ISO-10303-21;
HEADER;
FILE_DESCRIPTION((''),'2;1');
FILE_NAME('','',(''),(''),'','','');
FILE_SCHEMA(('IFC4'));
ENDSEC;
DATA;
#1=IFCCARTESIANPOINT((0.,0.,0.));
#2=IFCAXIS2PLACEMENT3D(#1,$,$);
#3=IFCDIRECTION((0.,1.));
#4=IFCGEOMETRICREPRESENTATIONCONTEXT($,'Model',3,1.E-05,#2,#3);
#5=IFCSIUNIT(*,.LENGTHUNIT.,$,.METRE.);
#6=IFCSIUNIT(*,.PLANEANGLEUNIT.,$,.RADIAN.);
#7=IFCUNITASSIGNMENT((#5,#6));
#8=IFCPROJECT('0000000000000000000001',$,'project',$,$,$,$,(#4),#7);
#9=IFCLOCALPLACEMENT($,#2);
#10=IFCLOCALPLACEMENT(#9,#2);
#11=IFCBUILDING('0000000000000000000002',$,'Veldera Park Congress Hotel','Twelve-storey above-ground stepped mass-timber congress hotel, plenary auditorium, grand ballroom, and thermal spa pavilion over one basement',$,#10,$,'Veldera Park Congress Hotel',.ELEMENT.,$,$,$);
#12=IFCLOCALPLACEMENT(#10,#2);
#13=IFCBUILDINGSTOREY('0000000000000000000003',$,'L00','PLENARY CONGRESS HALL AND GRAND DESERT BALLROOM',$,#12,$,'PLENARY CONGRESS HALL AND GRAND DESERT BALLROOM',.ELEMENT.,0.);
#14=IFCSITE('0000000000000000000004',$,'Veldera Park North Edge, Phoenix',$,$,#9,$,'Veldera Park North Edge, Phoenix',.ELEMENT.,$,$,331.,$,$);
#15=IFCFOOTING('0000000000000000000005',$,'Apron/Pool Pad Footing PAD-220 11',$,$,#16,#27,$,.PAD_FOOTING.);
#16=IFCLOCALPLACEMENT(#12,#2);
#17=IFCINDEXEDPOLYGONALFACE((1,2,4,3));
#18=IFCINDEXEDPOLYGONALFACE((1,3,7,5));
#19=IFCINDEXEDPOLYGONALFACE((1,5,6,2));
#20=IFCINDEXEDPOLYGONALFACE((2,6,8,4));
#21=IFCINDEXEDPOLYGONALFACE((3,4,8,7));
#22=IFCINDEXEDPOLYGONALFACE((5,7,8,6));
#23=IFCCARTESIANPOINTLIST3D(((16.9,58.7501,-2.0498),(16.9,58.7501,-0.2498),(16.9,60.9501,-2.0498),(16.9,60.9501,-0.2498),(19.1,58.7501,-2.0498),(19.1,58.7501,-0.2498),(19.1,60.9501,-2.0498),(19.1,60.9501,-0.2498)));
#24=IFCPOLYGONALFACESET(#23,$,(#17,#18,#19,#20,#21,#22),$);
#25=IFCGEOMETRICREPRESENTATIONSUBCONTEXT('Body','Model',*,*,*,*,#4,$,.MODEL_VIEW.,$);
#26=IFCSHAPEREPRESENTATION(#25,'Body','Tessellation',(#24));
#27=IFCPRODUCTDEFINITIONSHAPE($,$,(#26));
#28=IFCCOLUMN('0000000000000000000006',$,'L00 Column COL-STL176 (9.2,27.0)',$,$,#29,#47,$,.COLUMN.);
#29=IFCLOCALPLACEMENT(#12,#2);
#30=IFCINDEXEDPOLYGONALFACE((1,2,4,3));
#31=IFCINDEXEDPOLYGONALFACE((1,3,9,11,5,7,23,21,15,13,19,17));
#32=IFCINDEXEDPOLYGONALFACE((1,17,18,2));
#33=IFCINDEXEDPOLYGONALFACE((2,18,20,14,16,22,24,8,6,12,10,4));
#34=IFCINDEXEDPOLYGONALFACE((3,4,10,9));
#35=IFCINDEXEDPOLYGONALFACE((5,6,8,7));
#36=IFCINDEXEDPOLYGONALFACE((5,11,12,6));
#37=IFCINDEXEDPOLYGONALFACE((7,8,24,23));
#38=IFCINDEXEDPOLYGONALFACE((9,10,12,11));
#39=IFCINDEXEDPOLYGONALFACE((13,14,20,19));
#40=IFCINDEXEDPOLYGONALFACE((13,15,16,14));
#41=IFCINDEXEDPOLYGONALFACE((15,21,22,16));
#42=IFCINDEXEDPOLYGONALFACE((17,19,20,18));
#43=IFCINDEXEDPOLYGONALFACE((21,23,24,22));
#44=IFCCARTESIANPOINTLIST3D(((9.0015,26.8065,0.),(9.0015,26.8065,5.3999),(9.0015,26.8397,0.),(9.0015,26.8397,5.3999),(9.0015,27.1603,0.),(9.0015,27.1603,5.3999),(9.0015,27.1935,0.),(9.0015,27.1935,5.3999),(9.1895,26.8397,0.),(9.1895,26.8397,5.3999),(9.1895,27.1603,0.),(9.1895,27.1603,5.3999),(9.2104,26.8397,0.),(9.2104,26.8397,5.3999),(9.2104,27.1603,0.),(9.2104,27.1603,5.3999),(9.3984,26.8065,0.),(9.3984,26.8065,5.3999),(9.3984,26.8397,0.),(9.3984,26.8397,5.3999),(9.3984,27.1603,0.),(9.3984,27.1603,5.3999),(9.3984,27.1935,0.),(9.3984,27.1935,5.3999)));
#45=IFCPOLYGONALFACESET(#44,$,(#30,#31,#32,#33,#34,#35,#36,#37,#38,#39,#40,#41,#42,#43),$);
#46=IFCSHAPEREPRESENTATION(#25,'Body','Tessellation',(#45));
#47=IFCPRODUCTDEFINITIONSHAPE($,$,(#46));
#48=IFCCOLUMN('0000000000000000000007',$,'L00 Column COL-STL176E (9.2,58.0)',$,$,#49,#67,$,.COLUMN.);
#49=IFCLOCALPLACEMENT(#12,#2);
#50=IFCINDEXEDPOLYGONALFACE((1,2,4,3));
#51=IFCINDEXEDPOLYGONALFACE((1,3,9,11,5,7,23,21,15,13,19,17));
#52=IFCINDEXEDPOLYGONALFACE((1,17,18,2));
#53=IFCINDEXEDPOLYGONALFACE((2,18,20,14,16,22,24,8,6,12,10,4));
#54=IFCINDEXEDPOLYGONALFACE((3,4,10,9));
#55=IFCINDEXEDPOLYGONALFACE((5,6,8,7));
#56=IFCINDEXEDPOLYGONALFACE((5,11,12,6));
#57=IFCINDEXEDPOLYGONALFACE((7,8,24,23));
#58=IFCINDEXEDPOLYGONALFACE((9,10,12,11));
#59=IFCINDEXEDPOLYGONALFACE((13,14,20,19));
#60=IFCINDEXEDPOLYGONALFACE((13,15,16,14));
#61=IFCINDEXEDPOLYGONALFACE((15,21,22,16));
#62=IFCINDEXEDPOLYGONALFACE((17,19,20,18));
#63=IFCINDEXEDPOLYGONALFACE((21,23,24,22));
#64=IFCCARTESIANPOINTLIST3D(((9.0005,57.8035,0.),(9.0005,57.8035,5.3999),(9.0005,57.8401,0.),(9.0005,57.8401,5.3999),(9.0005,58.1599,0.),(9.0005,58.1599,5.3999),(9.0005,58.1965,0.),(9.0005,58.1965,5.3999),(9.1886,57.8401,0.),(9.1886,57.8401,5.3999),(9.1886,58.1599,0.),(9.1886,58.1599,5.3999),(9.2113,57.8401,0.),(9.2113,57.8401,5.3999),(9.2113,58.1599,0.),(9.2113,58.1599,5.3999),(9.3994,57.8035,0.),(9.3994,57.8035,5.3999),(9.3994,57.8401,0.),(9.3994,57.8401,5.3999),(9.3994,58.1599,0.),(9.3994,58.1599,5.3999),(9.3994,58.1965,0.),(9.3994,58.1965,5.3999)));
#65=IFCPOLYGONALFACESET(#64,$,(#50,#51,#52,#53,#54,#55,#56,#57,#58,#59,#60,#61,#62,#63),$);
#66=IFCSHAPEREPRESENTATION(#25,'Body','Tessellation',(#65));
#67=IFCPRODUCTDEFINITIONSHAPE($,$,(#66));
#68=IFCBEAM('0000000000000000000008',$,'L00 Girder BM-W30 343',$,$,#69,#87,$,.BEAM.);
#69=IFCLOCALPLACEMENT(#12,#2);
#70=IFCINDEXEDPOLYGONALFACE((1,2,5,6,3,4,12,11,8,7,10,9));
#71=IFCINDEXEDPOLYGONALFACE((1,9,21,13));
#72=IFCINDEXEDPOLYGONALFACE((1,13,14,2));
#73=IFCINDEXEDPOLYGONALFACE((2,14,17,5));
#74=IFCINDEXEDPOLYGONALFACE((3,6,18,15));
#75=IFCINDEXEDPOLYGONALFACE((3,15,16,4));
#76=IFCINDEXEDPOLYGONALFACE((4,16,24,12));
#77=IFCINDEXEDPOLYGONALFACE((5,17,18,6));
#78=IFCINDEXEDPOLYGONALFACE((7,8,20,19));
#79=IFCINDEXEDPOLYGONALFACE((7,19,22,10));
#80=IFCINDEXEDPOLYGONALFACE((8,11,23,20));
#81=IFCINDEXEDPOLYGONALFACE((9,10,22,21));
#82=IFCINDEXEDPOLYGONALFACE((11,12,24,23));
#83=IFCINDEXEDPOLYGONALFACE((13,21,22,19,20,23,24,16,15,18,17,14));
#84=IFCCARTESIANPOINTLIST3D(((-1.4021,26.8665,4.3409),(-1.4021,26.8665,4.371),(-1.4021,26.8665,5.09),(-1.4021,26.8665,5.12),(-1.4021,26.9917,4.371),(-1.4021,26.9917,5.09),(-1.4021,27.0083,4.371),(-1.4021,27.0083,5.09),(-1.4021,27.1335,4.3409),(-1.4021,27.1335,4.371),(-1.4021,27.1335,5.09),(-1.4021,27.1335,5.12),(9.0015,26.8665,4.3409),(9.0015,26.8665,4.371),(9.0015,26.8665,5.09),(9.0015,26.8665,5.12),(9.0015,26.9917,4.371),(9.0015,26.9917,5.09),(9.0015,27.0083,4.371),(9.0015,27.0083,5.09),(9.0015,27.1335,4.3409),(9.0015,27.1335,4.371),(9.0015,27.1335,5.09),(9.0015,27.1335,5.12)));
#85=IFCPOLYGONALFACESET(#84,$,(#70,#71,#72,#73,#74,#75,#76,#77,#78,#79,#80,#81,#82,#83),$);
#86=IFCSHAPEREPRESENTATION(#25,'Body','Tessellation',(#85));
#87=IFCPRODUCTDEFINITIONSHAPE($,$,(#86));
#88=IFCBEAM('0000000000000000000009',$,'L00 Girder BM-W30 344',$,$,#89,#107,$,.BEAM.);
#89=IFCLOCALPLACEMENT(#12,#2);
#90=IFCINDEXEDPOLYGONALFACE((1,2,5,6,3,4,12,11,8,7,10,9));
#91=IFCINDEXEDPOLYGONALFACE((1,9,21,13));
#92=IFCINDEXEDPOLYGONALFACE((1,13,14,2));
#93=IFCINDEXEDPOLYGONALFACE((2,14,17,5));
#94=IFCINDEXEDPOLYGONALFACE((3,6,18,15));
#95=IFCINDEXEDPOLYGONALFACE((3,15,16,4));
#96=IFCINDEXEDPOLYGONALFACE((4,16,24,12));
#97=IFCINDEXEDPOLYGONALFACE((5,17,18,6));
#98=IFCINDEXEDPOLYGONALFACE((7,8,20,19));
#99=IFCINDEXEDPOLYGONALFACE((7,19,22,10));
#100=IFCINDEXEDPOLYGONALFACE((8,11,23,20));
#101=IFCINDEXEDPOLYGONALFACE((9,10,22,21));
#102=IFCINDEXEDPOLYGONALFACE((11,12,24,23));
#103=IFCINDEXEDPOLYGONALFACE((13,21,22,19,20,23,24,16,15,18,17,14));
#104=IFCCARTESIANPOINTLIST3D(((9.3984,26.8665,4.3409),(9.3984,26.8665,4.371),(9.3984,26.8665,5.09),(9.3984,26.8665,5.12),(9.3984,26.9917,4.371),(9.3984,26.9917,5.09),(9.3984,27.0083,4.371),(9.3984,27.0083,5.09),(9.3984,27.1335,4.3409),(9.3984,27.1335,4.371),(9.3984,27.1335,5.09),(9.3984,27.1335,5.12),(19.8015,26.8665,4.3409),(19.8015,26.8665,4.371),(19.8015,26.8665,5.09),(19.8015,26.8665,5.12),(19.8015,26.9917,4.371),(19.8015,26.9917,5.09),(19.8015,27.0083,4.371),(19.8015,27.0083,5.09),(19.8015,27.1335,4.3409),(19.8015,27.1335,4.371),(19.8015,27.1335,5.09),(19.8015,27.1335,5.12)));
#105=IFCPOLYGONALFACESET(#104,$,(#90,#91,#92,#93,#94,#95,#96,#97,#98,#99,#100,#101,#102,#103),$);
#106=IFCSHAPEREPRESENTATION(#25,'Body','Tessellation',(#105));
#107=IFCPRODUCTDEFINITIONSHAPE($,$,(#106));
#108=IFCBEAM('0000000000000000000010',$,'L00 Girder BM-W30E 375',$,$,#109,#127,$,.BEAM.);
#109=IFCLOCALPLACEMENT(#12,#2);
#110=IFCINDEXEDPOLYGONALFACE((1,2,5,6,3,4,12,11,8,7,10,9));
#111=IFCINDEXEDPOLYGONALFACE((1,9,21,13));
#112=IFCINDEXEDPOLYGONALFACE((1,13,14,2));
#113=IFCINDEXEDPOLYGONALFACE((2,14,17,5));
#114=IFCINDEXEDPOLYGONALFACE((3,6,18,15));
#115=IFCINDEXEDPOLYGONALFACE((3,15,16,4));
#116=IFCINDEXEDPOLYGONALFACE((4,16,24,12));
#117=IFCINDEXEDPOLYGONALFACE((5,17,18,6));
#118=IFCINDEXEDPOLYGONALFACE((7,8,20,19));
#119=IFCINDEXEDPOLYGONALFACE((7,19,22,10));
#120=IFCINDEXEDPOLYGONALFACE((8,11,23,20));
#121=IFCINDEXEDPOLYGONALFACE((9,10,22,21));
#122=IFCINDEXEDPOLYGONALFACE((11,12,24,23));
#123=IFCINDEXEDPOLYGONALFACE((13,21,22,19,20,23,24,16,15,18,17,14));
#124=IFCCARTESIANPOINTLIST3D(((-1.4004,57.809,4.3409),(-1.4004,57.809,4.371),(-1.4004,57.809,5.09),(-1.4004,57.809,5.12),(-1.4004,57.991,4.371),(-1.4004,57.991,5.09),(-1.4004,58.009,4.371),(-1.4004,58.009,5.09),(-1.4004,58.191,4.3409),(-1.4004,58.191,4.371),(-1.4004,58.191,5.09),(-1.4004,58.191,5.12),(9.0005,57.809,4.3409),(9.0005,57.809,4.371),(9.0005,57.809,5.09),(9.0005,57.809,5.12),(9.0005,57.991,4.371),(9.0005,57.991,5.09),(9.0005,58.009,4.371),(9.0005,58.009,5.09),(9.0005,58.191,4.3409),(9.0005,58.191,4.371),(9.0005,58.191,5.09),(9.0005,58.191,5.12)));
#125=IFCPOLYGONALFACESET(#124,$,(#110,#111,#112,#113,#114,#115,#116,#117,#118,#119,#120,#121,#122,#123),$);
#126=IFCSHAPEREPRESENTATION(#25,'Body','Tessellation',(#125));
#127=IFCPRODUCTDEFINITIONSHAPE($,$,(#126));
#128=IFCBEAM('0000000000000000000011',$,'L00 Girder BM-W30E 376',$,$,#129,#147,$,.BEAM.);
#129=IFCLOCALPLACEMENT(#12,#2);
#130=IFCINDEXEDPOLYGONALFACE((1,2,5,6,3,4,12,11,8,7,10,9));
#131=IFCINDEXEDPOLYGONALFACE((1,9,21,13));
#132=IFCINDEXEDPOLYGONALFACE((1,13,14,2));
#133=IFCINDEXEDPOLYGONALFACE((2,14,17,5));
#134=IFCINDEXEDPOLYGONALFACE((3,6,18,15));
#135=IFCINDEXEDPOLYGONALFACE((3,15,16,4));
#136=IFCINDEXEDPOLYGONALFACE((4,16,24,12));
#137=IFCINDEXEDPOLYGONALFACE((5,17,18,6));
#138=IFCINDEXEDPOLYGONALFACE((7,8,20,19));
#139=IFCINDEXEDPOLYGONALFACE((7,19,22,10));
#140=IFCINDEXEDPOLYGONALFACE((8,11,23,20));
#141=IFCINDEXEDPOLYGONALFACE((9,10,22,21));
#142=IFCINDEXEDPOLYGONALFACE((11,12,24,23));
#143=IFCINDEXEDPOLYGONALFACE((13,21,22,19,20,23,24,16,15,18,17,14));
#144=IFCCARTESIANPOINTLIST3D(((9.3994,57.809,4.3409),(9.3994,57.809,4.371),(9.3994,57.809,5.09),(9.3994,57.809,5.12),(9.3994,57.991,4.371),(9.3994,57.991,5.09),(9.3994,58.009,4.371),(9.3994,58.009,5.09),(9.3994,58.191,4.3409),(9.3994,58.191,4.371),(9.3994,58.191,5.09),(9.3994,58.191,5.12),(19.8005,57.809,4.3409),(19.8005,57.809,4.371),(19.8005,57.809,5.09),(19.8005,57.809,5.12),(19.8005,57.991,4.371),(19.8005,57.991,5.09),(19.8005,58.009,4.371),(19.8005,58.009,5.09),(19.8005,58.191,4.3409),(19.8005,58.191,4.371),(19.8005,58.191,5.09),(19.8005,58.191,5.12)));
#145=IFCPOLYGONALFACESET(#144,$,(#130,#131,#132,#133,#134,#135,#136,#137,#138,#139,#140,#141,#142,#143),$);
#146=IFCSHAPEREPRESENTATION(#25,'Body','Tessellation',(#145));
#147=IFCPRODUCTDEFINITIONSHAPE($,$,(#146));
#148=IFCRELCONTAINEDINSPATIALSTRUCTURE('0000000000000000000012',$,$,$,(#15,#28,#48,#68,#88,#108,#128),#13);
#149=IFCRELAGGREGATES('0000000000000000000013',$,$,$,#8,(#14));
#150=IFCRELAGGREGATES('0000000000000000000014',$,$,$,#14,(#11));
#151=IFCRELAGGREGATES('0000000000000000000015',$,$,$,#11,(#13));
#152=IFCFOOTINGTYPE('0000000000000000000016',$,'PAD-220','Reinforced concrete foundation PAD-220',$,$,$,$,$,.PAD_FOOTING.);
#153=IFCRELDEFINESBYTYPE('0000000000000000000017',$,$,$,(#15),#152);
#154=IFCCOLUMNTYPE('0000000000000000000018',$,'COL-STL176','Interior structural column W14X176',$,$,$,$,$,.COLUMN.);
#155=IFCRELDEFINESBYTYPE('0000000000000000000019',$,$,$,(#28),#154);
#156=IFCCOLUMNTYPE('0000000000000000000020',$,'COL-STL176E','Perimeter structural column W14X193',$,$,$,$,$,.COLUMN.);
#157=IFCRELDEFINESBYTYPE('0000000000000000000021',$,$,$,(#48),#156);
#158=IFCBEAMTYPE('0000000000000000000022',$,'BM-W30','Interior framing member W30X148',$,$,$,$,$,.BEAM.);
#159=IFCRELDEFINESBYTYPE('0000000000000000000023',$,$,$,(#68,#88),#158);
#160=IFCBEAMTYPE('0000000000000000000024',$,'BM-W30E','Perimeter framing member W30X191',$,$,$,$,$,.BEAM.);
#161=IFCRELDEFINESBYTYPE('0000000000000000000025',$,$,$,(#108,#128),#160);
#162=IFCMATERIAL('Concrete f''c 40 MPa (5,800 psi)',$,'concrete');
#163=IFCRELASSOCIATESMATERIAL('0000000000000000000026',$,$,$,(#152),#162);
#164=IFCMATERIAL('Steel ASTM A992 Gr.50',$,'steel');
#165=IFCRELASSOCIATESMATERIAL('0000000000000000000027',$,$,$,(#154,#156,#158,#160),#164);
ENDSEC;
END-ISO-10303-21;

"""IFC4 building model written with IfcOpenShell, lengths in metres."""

from ifc_helpers import new_model, si_unit, direction, frame, origin, origin_2d, place, context, subcontext, project, spatial, rectangle, i_section, extrude, material, material_profile, profile_set, type_object, element, save


model = new_model("IFC4")

# Units and contexts
model_context = context("Model", 3, precision=1e-05, world=origin(), true_north=direction((0.0, 1.0)))
body_context = subcontext(model_context, "Body", "Model", "MODEL_VIEW")
ifc_project = project(units=[si_unit("LENGTHUNIT", "METRE"), si_unit("PLANEANGLEUNIT", "RADIAN")], contexts=[model_context])

# Site, building, storey
site_placement = place(None, origin())
site = spatial("IfcSite", under=ifc_project, at=site_placement, Name="Veldera Park North Edge, Phoenix", LongName="Veldera Park North Edge, Phoenix", CompositionType="ELEMENT", RefElevation=331.0)
building_placement = place(site_placement, origin())
building = spatial("IfcBuilding", under=site, at=building_placement, Name="Veldera Park Congress Hotel", Description="Twelve-storey above-ground stepped mass-timber congress hotel, plenary auditorium, grand ballroom, and thermal spa pavilion over one basement", LongName="Veldera Park Congress Hotel", CompositionType="ELEMENT")
storey_placement = place(building_placement, origin())
storey = spatial("IfcBuildingStorey", under=building, at=storey_placement, Name="L00", Description="PLENARY CONGRESS HALL AND GRAND DESERT BALLROOM", LongName="PLENARY CONGRESS HALL AND GRAND DESERT BALLROOM", CompositionType="ELEMENT", Elevation=0.0)

# Footing
ifc_material_1 = material(Name="Concrete f'c 40 MPa (5,800 psi)", Category="concrete")
footing_type = type_object("IfcFootingType", Name="PAD-220", Description="Reinforced concrete foundation PAD-220", PredefinedType="PAD_FOOTING", material=ifc_material_1)
footing_placement = place(storey_placement, frame((18.0, 59.8501, -2.0498), z_axis=(0.0, 0.0, 1.0), x_axis=(1.0, 0.0, 0.0)))
element("IfcFooting", 1, at=footing_placement, inside=storey, type_object=footing_type, Name="Apron/Pool Pad Footing PAD-220 11", PredefinedType="PAD_FOOTING", context=body_context, shape_type="SweptSolid", body=[
    extrude(rectangle(XDim=2.2, YDim=2.2, at=origin_2d()), origin(), (0.0, 0.0, 1.0), 1.8),
])

# Columns
ifc_material_2 = material(Name="Steel ASTM A992 Gr.50", Category="steel")
ifc_material_profile_1 = material_profile(ifc_material_2, i_section(OverallWidth=0.397, OverallDepth=0.387, WebThickness=0.021, FlangeThickness=0.0332, at=origin_2d()), Name="W14X176")
ifc_profile_set_1 = profile_set([ifc_material_profile_1], Name="Steel ASTM A992 Gr.50")
column_type_1 = type_object("IfcColumnType", Name="COL-STL176", Description="Interior structural column W14X176", PredefinedType="COLUMN", material=ifc_profile_set_1)
column_1_placement = place(storey_placement, frame((9.2, 27.0, 0.0), z_axis=(0.0, 0.0, 1.0), x_axis=(1.0, 0.0, 0.0)))
element("IfcColumn", 2, at=column_1_placement, inside=storey, type_object=column_type_1, Name="L00 Column COL-STL176 (9.2,27.0)", PredefinedType="COLUMN", context=body_context, shape_type="SweptSolid", body=[
    extrude(i_section(OverallWidth=0.397, OverallDepth=0.387, WebThickness=0.021, FlangeThickness=0.0332, at=origin_2d()), origin(), (0.0, 0.0, 1.0), 5.3999),
])
ifc_material_profile_2 = material_profile(ifc_material_2, i_section(OverallWidth=0.3989, OverallDepth=0.3931, WebThickness=0.0227, FlangeThickness=0.0366, at=origin_2d()), Name="W14X193")
ifc_profile_set_2 = profile_set([ifc_material_profile_2], Name="Steel ASTM A992 Gr.50")
column_type_2 = type_object("IfcColumnType", Name="COL-STL176E", Description="Perimeter structural column W14X193", PredefinedType="COLUMN", material=ifc_profile_set_2)
column_2_placement = place(storey_placement, frame((9.2, 58.0, 0.0), z_axis=(0.0, 0.0, 1.0), x_axis=(1.0, 0.0, 0.0)))
element("IfcColumn", 3, at=column_2_placement, inside=storey, type_object=column_type_2, Name="L00 Column COL-STL176E (9.2,58.0)", PredefinedType="COLUMN", context=body_context, shape_type="SweptSolid", body=[
    extrude(i_section(OverallWidth=0.3989, OverallDepth=0.3931, WebThickness=0.0227, FlangeThickness=0.0366, at=origin_2d()), origin(), (0.0, 0.0, 1.0), 5.3999),
])

# Beams
ifc_material_profile_3 = material_profile(ifc_material_2, i_section(OverallWidth=0.2671, OverallDepth=0.7791, WebThickness=0.0166, FlangeThickness=0.03, at=origin_2d()), Name="W30X148")
ifc_profile_set_3 = profile_set([ifc_material_profile_3], Name="Steel ASTM A992 Gr.50")
beam_type_1 = type_object("IfcBeamType", Name="BM-W30", Description="Interior framing member W30X148", PredefinedType="BEAM", material=ifc_profile_set_3)
beam_1_placement = place(storey_placement, frame((-1.4021, 27.0, 4.7305), z_axis=(1.0, 0.0, 0.0), x_axis=(0.0, 1.0, 0.0)))
element("IfcBeam", 4, at=beam_1_placement, inside=storey, type_object=beam_type_1, Name="L00 Girder BM-W30 343", PredefinedType="BEAM", context=body_context, shape_type="SweptSolid", body=[
    extrude(i_section(OverallWidth=0.2671, OverallDepth=0.7791, WebThickness=0.0166, FlangeThickness=0.03, at=origin_2d()), origin(), (0.0, 0.0, 1.0), 10.4036),
])
beam_2_placement = place(storey_placement, frame((9.3984, 27.0, 4.7305), z_axis=(1.0, 0.0, 0.0), x_axis=(0.0, 1.0, 0.0)))
element("IfcBeam", 5, at=beam_2_placement, inside=storey, type_object=beam_type_1, Name="L00 Girder BM-W30 344", PredefinedType="BEAM", context=body_context, shape_type="SweptSolid", body=[
    extrude(i_section(OverallWidth=0.2671, OverallDepth=0.7791, WebThickness=0.0166, FlangeThickness=0.03, at=origin_2d()), origin(), (0.0, 0.0, 1.0), 10.4031),
])
ifc_material_profile_4 = material_profile(ifc_material_2, i_section(OverallWidth=0.3821, OverallDepth=0.7791, WebThickness=0.0181, FlangeThickness=0.03, at=origin_2d()), Name="W30X191")
ifc_profile_set_4 = profile_set([ifc_material_profile_4], Name="Steel ASTM A992 Gr.50")
beam_type_2 = type_object("IfcBeamType", Name="BM-W30E", Description="Perimeter framing member W30X191", PredefinedType="BEAM", material=ifc_profile_set_4)
beam_3_placement = place(storey_placement, frame((-1.4004, 58.0, 4.7305), z_axis=(1.0, 0.0, 0.0), x_axis=(0.0, 1.0, 0.0)))
element("IfcBeam", 6, at=beam_3_placement, inside=storey, type_object=beam_type_2, Name="L00 Girder BM-W30E 375", PredefinedType="BEAM", context=body_context, shape_type="SweptSolid", body=[
    extrude(i_section(OverallWidth=0.3821, OverallDepth=0.7791, WebThickness=0.0181, FlangeThickness=0.03, at=origin_2d()), origin(), (0.0, 0.0, 1.0), 10.4009),
])
beam_4_placement = place(storey_placement, frame((9.3994, 58.0, 4.7305), z_axis=(1.0, 0.0, 0.0), x_axis=(0.0, 1.0, 0.0)))
element("IfcBeam", 7, at=beam_4_placement, inside=storey, type_object=beam_type_2, Name="L00 Girder BM-W30E 376", PredefinedType="BEAM", context=body_context, shape_type="SweptSolid", body=[
    extrude(i_section(OverallWidth=0.3821, OverallDepth=0.7791, WebThickness=0.0181, FlangeThickness=0.03, at=origin_2d()), origin(), (0.0, 0.0, 1.0), 10.4011),
])

save(model, "model.ifc")
